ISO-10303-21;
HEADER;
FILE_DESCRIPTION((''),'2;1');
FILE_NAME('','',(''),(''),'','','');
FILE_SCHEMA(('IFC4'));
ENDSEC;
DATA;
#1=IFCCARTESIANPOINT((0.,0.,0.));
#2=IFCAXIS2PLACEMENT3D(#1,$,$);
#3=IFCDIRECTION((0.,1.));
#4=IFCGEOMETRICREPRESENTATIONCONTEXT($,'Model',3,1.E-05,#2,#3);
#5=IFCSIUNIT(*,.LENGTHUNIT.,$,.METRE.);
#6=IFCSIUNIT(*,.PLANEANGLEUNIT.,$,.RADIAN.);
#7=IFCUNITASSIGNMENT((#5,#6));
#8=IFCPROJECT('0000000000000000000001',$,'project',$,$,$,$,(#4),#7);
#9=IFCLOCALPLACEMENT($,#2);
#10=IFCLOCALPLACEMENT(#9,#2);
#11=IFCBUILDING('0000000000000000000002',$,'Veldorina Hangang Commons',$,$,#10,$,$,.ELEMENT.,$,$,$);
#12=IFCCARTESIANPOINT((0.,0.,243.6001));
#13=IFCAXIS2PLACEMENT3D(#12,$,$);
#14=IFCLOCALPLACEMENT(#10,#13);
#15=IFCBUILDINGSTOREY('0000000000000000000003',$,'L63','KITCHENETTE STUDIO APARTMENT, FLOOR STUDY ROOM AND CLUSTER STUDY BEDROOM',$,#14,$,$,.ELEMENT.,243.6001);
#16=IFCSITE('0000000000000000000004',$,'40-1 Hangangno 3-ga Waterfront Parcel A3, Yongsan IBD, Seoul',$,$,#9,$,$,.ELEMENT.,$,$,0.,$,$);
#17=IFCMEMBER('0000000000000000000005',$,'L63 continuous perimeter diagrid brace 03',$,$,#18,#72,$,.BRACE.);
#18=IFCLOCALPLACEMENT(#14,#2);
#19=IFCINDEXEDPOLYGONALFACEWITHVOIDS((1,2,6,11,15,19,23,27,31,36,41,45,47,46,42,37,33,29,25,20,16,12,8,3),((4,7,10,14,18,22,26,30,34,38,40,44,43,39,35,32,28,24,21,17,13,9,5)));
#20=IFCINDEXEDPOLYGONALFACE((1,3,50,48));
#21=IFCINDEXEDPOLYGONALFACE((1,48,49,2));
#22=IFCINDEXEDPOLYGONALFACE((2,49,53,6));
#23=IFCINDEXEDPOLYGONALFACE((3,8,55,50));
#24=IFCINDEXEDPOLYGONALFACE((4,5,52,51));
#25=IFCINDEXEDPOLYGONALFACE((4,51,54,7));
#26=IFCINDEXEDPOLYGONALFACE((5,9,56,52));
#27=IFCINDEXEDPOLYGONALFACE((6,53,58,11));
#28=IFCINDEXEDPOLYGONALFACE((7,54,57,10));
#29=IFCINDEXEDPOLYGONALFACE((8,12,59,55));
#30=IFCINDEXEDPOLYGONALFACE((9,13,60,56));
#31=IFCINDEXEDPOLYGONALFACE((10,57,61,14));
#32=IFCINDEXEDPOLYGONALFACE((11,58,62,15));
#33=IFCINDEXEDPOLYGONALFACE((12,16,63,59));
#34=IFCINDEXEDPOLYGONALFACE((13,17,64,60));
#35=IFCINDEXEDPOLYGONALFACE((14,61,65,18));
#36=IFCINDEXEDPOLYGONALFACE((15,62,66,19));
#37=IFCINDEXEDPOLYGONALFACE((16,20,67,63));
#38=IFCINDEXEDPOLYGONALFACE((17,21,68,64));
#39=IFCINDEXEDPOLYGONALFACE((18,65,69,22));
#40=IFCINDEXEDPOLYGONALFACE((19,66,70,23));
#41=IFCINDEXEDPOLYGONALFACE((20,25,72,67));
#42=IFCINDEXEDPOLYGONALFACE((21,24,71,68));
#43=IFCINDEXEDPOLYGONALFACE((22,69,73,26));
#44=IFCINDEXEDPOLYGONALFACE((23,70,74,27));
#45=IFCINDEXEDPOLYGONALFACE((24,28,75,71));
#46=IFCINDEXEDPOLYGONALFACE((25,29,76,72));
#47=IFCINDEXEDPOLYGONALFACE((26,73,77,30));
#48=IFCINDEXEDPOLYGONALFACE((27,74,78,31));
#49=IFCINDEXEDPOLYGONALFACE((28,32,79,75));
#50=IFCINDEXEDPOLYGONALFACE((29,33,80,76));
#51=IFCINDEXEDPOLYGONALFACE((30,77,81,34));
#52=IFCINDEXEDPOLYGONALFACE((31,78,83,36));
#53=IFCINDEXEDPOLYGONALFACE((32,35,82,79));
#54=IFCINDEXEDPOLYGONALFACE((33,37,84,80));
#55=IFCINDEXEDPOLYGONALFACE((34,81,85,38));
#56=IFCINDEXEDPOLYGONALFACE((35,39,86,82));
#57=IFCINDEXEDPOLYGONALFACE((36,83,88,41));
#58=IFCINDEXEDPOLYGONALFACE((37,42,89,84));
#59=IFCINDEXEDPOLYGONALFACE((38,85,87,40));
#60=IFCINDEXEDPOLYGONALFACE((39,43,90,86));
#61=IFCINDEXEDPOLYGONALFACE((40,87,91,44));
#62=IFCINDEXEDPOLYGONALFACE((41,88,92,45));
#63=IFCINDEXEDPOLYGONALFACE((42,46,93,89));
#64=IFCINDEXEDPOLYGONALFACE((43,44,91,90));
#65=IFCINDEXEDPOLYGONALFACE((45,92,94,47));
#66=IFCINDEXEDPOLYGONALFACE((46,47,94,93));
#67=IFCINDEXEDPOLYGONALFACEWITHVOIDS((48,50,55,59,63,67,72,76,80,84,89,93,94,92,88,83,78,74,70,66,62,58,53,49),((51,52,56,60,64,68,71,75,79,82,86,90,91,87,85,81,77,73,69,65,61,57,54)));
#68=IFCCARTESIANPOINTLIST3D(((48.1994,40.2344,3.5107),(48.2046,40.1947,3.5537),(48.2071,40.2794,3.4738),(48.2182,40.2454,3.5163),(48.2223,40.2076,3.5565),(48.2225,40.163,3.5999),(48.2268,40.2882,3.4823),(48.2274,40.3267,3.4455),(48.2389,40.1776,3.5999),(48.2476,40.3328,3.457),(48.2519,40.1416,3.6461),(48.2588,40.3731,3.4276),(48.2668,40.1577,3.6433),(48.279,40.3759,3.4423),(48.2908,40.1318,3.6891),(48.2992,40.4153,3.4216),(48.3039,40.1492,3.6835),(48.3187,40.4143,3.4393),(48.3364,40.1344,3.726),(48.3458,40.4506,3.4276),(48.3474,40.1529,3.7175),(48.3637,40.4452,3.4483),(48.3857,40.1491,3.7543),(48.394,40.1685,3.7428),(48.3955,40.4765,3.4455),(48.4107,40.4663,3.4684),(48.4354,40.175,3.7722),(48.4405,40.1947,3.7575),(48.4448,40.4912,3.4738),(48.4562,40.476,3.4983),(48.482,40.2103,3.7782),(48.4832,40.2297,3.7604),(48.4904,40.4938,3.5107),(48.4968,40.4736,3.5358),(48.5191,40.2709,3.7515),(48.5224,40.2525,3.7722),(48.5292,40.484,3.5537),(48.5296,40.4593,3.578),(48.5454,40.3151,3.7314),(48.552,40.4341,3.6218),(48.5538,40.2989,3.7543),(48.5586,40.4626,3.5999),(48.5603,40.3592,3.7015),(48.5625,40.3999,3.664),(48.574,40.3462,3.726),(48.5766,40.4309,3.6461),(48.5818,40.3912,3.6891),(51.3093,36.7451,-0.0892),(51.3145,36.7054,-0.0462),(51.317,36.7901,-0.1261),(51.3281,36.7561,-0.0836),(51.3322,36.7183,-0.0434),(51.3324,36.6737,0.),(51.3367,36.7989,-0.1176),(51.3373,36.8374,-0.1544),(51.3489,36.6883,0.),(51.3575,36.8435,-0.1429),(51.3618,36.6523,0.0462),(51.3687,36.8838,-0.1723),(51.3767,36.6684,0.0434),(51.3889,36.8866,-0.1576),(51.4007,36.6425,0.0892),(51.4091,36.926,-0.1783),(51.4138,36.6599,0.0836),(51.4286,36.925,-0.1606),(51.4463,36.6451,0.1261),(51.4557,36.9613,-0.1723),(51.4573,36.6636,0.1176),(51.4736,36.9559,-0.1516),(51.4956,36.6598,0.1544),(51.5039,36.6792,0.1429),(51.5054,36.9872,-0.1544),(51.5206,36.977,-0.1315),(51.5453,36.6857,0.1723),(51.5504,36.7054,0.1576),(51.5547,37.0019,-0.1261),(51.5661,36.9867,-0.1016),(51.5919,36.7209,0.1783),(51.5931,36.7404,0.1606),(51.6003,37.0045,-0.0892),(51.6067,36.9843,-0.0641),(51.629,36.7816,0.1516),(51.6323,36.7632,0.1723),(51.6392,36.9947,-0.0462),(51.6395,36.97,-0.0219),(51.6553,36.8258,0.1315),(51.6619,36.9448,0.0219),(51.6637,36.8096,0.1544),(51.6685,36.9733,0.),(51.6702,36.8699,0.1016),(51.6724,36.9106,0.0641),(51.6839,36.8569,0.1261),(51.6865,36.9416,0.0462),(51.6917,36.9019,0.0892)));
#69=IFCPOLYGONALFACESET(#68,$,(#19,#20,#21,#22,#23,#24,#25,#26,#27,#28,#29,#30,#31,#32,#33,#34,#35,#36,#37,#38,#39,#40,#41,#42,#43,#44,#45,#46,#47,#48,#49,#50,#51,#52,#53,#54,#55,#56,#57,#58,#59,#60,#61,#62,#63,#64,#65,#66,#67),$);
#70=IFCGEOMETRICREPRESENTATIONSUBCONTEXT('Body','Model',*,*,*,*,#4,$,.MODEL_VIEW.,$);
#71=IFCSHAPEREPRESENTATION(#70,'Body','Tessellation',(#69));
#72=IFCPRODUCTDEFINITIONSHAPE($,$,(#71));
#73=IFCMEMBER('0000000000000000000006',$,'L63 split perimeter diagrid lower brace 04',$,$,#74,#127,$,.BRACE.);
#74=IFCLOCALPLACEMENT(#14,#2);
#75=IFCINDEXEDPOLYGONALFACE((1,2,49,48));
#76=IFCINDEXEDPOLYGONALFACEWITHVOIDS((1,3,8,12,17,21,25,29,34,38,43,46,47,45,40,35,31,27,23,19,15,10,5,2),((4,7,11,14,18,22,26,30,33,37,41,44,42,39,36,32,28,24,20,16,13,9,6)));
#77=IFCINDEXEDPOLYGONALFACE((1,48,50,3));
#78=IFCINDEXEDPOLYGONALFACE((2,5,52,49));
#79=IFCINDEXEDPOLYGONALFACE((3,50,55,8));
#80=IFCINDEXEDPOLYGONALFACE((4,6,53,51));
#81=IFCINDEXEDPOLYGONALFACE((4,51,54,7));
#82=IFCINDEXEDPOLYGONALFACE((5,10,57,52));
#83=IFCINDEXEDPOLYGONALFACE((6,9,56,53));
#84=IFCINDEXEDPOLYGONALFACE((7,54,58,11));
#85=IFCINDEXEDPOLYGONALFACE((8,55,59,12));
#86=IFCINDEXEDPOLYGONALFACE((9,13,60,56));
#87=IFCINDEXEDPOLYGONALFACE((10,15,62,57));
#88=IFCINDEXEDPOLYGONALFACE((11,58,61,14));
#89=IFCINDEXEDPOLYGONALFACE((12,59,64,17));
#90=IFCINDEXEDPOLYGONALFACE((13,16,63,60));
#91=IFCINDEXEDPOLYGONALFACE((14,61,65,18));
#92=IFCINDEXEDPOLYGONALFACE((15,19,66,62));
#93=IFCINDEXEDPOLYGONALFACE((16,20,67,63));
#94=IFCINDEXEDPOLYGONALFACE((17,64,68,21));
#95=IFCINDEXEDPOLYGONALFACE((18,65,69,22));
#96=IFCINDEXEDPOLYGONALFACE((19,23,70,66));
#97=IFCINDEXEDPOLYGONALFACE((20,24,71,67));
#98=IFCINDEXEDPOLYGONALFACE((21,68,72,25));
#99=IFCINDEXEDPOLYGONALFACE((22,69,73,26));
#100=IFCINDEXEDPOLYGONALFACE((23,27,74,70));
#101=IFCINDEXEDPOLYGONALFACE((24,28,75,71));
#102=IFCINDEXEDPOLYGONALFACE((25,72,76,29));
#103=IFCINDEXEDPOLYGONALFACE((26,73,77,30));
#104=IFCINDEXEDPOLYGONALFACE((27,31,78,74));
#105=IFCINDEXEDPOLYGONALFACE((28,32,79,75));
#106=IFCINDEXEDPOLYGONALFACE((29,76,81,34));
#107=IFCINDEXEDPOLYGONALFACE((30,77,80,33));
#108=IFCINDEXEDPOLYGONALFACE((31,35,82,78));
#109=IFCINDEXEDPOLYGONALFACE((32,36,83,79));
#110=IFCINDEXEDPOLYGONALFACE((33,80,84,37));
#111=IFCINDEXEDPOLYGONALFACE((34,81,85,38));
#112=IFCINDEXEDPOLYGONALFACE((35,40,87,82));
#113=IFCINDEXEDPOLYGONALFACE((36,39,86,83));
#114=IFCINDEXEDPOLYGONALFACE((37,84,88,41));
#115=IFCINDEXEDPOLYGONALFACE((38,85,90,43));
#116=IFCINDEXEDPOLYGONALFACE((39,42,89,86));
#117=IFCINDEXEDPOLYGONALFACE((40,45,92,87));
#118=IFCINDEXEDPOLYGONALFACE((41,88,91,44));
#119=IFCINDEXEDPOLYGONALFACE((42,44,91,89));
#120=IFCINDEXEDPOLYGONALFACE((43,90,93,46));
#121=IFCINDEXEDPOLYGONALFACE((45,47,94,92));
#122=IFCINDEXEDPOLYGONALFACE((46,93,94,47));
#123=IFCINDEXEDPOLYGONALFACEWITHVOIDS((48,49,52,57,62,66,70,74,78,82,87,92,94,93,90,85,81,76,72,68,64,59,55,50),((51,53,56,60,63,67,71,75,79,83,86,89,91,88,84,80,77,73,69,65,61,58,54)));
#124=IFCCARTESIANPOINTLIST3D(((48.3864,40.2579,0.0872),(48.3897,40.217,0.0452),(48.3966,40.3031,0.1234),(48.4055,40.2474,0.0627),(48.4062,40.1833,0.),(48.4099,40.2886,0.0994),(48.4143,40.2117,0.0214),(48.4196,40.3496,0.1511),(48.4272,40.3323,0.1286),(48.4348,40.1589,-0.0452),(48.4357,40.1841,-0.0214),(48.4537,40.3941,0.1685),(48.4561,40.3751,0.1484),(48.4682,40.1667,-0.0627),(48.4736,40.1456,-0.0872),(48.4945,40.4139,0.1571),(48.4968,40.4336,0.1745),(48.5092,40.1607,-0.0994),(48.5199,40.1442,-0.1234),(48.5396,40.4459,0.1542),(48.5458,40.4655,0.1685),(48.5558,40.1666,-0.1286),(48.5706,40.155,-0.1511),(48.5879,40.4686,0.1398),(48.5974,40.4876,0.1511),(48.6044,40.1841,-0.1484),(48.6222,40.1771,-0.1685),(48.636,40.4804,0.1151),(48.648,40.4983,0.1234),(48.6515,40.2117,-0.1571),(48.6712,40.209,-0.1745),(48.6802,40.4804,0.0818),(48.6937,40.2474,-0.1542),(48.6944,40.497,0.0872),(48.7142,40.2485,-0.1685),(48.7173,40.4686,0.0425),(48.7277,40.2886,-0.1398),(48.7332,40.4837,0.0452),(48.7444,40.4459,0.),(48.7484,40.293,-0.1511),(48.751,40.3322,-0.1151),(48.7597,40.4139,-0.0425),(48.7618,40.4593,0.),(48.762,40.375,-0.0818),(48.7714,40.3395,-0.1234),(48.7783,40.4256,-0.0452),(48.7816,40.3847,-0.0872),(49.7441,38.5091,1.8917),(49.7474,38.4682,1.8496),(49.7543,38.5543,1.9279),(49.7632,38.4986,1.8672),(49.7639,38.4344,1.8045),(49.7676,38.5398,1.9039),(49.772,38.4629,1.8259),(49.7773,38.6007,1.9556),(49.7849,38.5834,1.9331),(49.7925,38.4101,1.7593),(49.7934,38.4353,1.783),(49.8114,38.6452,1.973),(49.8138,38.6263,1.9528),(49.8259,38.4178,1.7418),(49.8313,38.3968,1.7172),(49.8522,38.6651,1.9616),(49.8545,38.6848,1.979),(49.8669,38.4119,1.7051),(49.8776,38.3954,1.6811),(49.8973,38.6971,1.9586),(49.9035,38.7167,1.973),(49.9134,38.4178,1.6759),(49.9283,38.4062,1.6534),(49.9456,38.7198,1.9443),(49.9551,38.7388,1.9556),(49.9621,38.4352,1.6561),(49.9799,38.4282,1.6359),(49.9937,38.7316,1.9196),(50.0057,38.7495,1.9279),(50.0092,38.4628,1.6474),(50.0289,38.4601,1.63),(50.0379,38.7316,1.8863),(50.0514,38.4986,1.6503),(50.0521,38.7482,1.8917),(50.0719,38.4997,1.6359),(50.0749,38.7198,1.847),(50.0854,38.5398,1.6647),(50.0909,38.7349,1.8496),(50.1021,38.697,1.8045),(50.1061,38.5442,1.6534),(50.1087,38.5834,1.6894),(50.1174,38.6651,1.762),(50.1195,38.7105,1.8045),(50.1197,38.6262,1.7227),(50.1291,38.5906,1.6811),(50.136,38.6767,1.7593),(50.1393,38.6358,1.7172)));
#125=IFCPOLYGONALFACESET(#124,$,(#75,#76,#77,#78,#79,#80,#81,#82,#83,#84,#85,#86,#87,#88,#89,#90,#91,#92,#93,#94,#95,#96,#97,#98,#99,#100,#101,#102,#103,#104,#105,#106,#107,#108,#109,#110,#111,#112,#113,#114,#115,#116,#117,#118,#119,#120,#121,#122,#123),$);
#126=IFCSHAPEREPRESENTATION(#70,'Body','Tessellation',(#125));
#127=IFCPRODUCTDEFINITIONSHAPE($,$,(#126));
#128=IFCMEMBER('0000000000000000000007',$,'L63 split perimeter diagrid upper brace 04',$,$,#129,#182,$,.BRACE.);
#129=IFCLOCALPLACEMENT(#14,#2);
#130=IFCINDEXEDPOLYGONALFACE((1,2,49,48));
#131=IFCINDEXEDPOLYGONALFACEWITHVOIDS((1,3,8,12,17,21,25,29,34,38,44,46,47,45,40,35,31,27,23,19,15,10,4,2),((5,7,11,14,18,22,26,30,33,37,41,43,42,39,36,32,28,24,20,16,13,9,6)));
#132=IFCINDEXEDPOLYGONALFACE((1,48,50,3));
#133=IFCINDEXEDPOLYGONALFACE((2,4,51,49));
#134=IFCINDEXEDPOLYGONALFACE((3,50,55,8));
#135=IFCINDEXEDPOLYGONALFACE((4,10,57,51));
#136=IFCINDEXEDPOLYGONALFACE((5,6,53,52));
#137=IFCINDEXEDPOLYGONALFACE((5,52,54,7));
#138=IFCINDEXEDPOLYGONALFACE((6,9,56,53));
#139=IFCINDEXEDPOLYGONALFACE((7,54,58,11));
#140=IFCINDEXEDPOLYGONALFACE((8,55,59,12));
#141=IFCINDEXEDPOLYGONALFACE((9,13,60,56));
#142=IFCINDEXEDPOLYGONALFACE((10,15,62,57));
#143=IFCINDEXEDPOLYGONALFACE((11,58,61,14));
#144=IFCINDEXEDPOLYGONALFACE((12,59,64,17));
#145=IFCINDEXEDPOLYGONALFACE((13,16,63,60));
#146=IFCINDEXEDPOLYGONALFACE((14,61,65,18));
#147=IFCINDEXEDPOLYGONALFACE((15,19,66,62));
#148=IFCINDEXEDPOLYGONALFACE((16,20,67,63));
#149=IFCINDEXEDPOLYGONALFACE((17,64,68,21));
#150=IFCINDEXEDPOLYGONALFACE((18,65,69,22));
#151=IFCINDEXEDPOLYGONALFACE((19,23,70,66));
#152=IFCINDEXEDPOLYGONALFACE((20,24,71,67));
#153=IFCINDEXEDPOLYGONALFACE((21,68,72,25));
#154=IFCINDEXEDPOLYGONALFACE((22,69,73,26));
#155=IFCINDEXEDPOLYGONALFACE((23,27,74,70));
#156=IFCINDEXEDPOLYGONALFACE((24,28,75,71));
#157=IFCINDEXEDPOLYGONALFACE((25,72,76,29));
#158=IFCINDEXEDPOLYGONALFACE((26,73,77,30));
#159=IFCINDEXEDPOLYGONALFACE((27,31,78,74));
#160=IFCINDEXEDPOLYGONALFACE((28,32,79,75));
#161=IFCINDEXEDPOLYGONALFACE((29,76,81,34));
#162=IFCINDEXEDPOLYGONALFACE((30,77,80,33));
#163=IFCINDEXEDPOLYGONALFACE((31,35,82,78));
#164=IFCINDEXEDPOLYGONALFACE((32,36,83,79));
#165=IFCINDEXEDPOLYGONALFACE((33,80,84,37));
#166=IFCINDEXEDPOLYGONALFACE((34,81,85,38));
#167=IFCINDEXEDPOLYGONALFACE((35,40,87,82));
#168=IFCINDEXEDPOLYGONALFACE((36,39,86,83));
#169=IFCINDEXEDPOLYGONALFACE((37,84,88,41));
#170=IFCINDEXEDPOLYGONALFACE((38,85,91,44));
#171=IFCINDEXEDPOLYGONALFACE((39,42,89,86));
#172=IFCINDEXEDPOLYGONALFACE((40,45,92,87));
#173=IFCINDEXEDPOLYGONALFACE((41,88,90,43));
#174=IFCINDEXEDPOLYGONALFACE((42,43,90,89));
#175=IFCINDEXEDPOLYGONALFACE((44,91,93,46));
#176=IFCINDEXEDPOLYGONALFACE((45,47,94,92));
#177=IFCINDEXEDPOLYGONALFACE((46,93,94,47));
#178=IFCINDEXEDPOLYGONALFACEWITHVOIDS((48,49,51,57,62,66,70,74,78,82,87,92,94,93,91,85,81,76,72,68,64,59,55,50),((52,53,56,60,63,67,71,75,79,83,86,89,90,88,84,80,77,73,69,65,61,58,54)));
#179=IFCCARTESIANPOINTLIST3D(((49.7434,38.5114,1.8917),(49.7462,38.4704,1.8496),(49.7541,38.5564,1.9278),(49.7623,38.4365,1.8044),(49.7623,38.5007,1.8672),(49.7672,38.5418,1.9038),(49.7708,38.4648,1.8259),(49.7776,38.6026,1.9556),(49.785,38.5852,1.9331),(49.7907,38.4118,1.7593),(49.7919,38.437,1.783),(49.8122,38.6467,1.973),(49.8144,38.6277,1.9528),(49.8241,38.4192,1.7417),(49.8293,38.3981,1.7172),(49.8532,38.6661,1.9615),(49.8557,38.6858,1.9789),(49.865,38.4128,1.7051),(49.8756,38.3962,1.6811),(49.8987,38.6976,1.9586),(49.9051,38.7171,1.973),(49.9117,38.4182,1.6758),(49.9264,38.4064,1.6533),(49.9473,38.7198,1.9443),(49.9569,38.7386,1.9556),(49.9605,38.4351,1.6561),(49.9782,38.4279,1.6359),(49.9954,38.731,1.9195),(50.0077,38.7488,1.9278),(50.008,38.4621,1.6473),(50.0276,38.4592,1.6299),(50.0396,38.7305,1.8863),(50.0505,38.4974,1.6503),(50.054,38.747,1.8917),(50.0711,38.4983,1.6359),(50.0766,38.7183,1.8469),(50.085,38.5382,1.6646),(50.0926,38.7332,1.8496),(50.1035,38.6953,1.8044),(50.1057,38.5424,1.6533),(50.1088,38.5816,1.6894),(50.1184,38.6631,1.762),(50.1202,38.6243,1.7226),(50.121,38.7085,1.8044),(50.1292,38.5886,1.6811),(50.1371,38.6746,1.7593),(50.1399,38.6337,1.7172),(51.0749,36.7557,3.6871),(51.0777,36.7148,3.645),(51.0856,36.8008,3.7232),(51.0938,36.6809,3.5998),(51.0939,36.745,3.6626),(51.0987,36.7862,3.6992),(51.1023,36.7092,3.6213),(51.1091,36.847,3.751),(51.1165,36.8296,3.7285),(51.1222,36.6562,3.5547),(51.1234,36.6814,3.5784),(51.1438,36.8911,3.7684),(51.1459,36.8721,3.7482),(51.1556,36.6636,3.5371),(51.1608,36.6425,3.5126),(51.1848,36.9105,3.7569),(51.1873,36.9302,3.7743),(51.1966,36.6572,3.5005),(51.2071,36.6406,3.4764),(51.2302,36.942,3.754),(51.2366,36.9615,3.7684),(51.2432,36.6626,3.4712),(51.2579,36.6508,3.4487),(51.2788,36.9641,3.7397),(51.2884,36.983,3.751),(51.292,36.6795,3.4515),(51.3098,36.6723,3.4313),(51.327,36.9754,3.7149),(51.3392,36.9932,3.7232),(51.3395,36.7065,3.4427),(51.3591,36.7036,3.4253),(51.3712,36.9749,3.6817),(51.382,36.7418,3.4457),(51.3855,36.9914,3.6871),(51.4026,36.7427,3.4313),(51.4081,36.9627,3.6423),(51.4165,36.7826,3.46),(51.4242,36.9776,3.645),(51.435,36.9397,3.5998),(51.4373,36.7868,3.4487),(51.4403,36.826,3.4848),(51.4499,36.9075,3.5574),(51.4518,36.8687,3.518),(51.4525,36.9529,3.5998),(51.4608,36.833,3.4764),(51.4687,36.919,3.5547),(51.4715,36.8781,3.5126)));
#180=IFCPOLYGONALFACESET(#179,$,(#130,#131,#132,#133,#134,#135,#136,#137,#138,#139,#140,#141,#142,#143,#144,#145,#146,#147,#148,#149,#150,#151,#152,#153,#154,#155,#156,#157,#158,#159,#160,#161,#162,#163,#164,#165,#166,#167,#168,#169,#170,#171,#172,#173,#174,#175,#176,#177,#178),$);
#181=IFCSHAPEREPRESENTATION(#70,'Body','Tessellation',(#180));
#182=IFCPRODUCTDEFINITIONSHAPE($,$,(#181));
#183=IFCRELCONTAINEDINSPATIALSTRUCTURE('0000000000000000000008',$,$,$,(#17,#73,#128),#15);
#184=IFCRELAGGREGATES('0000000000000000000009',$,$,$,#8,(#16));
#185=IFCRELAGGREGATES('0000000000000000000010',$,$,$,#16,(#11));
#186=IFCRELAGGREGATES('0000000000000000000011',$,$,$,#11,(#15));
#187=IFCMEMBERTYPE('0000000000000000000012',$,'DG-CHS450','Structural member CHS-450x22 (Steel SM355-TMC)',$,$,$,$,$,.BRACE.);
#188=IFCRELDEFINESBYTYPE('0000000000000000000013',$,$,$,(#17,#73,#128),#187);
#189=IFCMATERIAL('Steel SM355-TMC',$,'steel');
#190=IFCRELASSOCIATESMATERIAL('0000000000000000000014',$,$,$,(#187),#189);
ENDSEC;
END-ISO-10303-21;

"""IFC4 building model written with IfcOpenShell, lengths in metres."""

from ifc_helpers import new_model, si_unit, direction, frame, origin, origin_2d, place, context, subcontext, project, spatial, hollow_circle, extrude, material, material_profile, profile_set, type_object, element, save


model = new_model("IFC4")

# Units and contexts
model_context = context("Model", 3, precision=1e-05, world=origin(), true_north=direction((0.0, 1.0)))
body_context = subcontext(model_context, "Body", "Model", "MODEL_VIEW")
ifc_project = project(units=[si_unit("LENGTHUNIT", "METRE"), si_unit("PLANEANGLEUNIT", "RADIAN")], contexts=[model_context])

# Site, building, storey
site_placement = place(None, origin())
site = spatial("IfcSite", under=ifc_project, at=site_placement, Name="40-1 Hangangno 3-ga Waterfront Parcel A3, Yongsan IBD, Seoul", CompositionType="ELEMENT", RefElevation=0.0)
building_placement = place(site_placement, origin())
building = spatial("IfcBuilding", under=site, at=building_placement, Name="Veldorina Hangang Commons", CompositionType="ELEMENT")
storey_placement = place(building_placement, frame((0.0, 0.0, 243.6001)))
storey = spatial("IfcBuildingStorey", under=building, at=storey_placement, Name="L63", Description="KITCHENETTE STUDIO APARTMENT, FLOOR STUDY ROOM AND CLUSTER STUDY BEDROOM", CompositionType="ELEMENT", Elevation=243.6001)

# Shared definitions
ifc_material_1 = material(Name="Steel SM355-TMC", Category="steel")

# Members
ifc_material_profile_1 = material_profile(ifc_material_1, hollow_circle(Radius=0.2251, WallThickness=0.022, at=origin_2d()), Name="CHS-450x22")
ifc_profile_set_1 = profile_set([ifc_material_profile_1], Name="Steel SM355-TMC")
member_type_1 = type_object("IfcMemberType", Name="DG-CHS450", Description="Structural member CHS-450x22 (Steel SM355-TMC)", PredefinedType="BRACE", material=ifc_profile_set_1)
member_1_placement = place(storey_placement, frame((51.5005, 36.8235, 0.0), z_axis=(-0.527132, 0.591441, 0.610187), x_axis=(-0.746527, -0.665355, 0.0)))
element("IfcMember", 1, at=member_1_placement, inside=storey, type_object=member_type_1, Name="L63 continuous perimeter diagrid brace 03", PredefinedType="BRACE", context=body_context, shape_type="SweptSolid", body=[
    extrude(hollow_circle(Radius=0.2251, WallThickness=0.022, at=origin_2d()), origin(), (0.0, 0.0, 1.0), 5.8997),
])
member_2_placement = place(storey_placement, frame((48.584, 40.3213, 0.0), z_axis=(0.475351, -0.612289, 0.631778), x_axis=(0.789898, 0.613238, 0.0)))
element("IfcMember", 2, at=member_2_placement, inside=storey, type_object=member_type_1, Name="L63 split perimeter diagrid lower brace 04", PredefinedType="BRACE", context=body_context, shape_type="SweptSolid", body=[
    extrude(hollow_circle(Radius=0.2251, WallThickness=0.022, at=origin_2d()), origin(), (0.0, 0.0, 1.0), 2.8562),
])
member_3_placement = place(storey_placement, frame((49.9417, 38.5725, 1.8044), z_axis=(0.468473, -0.617673, 0.631674), x_axis=(0.796757, 0.604299, 0.0)))
element("IfcMember", 3, at=member_3_placement, inside=storey, type_object=member_type_1, Name="L63 split perimeter diagrid upper brace 04", PredefinedType="BRACE", context=body_context, shape_type="SweptSolid", body=[
    extrude(hollow_circle(Radius=0.2251, WallThickness=0.022, at=origin_2d()), origin(), (0.0, 0.0, 1.0), 2.8423),
])

save(model, "model.ifc")
